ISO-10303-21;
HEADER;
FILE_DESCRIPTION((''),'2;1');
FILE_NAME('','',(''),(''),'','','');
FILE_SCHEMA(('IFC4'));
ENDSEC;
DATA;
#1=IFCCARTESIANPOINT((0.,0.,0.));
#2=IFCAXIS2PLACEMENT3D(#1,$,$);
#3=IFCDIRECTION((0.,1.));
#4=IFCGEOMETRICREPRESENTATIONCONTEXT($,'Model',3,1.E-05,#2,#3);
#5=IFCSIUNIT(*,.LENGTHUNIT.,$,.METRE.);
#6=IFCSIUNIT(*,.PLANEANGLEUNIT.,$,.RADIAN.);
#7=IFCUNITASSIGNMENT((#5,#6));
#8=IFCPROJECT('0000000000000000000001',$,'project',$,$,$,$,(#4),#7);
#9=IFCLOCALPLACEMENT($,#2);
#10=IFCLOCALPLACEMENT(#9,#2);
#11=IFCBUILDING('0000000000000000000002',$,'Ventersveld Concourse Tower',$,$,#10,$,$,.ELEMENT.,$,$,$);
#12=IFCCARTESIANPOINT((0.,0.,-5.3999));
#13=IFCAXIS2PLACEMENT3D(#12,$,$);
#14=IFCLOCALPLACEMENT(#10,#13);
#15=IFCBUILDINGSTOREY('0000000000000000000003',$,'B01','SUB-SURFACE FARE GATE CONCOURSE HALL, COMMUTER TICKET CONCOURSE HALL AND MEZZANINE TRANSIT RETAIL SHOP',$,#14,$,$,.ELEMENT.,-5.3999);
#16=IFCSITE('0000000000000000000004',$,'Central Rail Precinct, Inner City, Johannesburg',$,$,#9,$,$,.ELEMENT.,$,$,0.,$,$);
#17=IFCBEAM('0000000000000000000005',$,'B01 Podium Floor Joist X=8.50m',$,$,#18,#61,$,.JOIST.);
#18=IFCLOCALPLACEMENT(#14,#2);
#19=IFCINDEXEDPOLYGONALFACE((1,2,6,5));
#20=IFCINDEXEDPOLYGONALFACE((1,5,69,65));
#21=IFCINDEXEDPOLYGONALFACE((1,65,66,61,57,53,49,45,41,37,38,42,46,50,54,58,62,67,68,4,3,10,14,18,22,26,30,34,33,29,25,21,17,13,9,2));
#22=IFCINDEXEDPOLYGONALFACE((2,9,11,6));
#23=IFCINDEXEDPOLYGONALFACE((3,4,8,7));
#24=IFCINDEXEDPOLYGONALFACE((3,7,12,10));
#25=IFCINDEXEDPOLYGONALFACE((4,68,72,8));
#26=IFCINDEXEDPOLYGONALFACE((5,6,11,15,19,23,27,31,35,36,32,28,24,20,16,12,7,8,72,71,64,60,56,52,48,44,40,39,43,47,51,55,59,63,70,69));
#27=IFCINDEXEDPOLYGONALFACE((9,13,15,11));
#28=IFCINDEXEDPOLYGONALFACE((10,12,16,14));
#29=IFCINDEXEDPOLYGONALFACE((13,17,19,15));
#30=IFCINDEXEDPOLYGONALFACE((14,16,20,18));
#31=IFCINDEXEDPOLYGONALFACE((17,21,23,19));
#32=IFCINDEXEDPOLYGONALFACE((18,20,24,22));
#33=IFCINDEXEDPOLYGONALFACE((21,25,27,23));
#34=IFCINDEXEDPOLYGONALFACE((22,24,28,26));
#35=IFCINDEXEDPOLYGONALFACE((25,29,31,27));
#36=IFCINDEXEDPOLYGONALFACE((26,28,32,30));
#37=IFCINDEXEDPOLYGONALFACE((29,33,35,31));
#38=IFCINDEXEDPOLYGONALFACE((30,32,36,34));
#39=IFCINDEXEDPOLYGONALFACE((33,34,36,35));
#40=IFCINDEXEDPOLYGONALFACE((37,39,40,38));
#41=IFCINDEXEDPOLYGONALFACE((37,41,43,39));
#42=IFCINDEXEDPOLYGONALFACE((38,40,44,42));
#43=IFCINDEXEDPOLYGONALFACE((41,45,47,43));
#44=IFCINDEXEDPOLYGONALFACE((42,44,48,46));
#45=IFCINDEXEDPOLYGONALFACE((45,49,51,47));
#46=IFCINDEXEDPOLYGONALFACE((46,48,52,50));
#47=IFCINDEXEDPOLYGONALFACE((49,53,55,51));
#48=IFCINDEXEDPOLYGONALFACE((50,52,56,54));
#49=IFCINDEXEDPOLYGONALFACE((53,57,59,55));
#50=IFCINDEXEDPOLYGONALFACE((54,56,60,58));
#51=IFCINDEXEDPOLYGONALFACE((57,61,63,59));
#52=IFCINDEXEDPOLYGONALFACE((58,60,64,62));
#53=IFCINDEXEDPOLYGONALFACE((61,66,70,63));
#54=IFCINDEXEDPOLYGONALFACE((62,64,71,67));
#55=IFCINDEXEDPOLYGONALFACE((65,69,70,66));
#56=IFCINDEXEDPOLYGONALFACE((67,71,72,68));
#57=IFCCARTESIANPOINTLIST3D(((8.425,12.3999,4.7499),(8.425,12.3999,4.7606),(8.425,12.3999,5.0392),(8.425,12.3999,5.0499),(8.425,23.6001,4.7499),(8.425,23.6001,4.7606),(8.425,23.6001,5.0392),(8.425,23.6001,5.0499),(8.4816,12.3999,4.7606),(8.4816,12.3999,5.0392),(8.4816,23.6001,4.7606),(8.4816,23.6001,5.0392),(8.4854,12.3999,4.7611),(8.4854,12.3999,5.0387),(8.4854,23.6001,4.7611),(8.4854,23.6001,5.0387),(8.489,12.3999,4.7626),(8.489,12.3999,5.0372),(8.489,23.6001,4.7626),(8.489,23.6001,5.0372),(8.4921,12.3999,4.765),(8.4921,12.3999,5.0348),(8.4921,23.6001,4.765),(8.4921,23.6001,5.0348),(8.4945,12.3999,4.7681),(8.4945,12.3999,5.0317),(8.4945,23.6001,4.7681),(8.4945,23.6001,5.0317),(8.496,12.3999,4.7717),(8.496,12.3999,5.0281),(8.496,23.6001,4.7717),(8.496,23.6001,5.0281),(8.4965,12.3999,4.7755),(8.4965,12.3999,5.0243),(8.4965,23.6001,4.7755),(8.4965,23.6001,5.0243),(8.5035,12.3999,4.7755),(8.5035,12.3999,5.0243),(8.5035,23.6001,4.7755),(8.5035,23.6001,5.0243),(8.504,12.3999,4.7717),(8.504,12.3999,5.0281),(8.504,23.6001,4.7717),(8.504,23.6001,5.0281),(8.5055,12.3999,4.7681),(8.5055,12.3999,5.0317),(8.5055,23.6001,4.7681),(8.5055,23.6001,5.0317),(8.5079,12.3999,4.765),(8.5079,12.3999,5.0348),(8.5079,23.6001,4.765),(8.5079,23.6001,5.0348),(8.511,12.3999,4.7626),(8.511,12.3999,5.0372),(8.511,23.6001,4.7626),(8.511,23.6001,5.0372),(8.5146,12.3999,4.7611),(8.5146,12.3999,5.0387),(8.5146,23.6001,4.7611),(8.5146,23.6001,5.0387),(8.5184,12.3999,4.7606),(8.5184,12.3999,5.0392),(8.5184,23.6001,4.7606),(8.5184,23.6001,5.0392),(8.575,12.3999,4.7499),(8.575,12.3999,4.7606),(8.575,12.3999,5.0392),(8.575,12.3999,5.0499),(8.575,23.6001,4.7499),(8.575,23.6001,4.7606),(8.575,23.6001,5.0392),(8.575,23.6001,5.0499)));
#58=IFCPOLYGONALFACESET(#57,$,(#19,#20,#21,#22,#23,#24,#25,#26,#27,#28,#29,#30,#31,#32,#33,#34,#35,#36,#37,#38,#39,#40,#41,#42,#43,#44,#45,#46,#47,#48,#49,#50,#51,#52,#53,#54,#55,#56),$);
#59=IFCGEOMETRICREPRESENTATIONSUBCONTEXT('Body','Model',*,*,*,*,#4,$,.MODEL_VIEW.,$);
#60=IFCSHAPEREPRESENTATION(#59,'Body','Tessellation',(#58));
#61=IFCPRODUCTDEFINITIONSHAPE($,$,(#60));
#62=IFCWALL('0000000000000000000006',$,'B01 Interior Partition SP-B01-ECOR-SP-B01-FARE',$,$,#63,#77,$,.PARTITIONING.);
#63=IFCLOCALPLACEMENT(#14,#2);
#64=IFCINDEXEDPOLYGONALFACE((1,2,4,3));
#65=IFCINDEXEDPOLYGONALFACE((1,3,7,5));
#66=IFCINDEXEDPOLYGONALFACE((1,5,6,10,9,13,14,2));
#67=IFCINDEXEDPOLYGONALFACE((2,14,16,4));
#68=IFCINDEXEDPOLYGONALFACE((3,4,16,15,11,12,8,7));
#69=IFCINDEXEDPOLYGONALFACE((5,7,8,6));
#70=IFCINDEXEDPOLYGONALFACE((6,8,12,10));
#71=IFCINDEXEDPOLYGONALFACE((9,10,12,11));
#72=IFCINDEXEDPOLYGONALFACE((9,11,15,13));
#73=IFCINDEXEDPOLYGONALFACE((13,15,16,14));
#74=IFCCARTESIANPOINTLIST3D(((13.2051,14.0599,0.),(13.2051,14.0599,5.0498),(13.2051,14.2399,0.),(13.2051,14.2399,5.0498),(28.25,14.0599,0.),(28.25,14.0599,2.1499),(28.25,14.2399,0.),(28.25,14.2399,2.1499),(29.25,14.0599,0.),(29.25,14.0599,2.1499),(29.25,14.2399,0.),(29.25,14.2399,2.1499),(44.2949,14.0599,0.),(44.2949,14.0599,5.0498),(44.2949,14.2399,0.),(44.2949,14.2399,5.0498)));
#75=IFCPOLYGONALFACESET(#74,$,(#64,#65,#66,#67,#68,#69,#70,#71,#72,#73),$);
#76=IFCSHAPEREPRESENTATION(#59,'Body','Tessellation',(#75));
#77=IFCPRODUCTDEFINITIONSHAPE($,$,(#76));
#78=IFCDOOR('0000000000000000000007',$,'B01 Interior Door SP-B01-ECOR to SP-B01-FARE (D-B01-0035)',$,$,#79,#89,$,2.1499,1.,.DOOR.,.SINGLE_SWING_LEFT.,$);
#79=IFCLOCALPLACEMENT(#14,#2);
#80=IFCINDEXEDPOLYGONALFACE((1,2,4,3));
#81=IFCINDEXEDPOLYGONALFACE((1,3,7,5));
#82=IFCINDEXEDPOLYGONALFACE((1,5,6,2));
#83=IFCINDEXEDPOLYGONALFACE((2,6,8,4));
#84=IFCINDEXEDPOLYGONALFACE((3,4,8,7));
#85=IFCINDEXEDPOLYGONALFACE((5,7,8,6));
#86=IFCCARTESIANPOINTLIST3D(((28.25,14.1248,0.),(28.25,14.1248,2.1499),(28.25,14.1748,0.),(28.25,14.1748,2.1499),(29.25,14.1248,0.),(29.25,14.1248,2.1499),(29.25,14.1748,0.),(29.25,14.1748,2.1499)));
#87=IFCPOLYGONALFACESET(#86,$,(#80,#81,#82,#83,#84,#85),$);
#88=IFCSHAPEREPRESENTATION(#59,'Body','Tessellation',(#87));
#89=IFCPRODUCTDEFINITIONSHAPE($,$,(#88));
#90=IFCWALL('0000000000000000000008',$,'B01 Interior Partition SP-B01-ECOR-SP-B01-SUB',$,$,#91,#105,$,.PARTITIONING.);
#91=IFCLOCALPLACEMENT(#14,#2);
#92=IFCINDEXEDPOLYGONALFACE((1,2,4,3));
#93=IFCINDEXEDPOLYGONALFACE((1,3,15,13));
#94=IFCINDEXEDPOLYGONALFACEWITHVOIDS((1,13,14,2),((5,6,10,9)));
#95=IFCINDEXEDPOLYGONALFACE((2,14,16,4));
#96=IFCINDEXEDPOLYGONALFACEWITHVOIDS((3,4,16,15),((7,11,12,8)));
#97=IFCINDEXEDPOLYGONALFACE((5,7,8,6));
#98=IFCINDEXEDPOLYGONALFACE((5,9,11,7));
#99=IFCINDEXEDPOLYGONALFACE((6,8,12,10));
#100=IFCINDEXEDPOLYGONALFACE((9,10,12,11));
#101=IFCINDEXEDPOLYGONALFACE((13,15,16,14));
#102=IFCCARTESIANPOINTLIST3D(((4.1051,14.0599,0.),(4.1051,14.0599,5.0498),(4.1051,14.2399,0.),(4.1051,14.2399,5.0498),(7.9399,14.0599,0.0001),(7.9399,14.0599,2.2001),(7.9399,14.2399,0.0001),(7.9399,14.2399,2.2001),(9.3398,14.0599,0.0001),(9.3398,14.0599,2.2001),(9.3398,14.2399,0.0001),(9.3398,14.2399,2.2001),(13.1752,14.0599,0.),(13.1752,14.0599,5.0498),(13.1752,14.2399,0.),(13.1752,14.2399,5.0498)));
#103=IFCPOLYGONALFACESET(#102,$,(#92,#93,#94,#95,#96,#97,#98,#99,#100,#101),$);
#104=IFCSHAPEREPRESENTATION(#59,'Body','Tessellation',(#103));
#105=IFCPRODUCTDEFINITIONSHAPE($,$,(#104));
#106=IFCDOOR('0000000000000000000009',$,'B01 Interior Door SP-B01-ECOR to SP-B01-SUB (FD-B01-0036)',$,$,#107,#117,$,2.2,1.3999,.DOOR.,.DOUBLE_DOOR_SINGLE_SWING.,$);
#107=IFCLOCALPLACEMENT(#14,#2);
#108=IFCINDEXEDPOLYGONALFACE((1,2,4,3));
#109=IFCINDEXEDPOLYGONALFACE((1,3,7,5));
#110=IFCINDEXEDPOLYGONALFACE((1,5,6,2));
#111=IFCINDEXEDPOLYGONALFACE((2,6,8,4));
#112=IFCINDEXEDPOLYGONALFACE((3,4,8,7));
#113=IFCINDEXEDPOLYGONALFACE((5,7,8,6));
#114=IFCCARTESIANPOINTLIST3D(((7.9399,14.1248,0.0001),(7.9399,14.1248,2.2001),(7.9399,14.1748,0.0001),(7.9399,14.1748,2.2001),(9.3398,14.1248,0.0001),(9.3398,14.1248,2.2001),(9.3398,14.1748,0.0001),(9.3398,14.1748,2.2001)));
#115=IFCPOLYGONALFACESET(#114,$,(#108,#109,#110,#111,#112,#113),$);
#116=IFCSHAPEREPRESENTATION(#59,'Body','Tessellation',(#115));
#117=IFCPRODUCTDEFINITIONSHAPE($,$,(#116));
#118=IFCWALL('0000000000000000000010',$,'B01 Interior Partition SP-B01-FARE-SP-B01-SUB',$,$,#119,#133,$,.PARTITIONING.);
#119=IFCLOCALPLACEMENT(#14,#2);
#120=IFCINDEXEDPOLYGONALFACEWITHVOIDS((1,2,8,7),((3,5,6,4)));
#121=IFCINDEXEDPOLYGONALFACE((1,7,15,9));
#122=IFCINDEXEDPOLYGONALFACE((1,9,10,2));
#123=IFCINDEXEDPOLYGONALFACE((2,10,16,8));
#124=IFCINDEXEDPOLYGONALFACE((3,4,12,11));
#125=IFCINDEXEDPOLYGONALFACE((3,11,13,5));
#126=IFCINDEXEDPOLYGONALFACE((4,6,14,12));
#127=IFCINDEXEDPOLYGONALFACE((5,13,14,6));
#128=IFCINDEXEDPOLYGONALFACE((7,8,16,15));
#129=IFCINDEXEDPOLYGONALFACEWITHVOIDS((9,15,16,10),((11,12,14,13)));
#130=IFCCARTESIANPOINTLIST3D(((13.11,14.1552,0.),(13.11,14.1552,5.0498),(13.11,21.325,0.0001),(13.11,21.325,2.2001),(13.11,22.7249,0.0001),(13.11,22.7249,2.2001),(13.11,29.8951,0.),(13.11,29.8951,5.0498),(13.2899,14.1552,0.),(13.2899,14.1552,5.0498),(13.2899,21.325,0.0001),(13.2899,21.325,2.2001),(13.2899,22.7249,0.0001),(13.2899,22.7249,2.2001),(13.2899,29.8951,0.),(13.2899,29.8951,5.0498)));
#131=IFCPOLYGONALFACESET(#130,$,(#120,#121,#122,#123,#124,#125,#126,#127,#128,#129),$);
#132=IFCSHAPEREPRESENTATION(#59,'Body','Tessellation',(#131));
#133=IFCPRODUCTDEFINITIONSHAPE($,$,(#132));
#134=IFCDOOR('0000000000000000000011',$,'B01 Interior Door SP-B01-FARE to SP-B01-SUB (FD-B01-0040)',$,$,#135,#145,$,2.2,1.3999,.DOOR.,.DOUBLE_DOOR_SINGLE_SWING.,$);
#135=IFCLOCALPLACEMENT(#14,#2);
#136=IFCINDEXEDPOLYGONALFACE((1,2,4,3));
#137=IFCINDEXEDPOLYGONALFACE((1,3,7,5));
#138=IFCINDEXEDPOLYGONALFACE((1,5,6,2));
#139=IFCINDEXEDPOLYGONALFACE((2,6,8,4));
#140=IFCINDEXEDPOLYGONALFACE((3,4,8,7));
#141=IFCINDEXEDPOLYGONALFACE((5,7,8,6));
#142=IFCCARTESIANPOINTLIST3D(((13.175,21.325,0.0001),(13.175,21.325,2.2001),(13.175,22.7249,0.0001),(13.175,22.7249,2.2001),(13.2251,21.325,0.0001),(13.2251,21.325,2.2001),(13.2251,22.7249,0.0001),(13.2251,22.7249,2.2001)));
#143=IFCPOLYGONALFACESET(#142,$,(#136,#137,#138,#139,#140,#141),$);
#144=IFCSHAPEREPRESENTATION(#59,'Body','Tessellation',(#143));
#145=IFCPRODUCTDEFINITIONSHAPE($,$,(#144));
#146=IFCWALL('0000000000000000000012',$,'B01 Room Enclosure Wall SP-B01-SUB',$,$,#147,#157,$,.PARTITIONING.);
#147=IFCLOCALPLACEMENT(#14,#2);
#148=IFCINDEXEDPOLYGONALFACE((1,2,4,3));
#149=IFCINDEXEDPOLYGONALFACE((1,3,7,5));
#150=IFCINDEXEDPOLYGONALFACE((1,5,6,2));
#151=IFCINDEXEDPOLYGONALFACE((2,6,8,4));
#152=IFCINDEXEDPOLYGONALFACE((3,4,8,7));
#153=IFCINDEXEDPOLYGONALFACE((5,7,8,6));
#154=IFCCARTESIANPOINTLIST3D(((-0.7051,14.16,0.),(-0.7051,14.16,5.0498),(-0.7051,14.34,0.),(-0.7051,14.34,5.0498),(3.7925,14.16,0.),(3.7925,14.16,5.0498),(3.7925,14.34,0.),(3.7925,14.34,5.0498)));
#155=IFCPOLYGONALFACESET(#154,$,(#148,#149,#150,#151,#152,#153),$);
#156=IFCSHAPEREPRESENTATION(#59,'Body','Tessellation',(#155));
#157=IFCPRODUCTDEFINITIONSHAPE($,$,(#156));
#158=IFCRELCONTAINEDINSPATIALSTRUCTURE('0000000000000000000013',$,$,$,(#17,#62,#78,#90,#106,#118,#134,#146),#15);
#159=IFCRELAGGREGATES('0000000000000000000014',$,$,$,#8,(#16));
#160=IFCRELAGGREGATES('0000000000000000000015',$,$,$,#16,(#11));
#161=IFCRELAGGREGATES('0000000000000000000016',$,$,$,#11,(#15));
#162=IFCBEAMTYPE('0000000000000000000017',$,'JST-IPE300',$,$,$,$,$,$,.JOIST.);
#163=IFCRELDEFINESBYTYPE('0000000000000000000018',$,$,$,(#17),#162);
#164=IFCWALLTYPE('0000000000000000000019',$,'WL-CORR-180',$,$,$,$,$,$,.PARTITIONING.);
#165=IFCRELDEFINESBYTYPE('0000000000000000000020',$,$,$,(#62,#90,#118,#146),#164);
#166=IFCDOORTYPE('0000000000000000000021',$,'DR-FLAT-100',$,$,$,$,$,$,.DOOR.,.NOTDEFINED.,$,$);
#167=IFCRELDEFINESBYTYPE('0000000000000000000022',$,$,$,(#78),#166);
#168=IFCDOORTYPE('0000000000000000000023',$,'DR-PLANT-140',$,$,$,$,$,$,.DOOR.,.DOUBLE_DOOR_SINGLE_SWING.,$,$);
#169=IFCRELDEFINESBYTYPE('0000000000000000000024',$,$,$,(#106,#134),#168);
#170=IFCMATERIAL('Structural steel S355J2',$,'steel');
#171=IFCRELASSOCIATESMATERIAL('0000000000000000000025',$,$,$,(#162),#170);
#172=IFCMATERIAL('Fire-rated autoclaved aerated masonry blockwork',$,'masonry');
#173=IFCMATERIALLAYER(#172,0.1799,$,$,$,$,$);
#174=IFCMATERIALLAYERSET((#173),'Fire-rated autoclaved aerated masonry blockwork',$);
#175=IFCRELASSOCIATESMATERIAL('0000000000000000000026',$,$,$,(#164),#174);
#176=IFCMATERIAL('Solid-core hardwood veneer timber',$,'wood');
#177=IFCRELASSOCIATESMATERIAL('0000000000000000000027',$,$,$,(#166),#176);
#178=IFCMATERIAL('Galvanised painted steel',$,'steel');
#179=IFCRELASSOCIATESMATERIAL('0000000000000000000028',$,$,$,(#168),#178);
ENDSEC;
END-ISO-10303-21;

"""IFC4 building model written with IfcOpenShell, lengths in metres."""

from ifc_helpers import new_model, si_unit, direction, frame, frame_2d, origin, origin_2d, place, context, subcontext, project, spatial, rectangle, i_section, extrude, material, layer, layer_set, material_profile, profile_set, type_object, element, fill, save


model = new_model("IFC4")

# Units and contexts
model_context = context("Model", 3, precision=1e-05, world=origin(), true_north=direction((0.0, 1.0)))
body_context = subcontext(model_context, "Body", "Model", "MODEL_VIEW")
ifc_project = project(units=[si_unit("LENGTHUNIT", "METRE"), si_unit("PLANEANGLEUNIT", "RADIAN")], contexts=[model_context])

# Site, building, storey
site_placement = place(None, origin())
site = spatial("IfcSite", under=ifc_project, at=site_placement, Name="Central Rail Precinct, Inner City, Johannesburg", CompositionType="ELEMENT", RefElevation=0.0)
building_placement = place(site_placement, origin())
building = spatial("IfcBuilding", under=site, at=building_placement, Name="Ventersveld Concourse Tower", CompositionType="ELEMENT")
storey_placement = place(building_placement, frame((0.0, 0.0, -5.3999)))
storey = spatial("IfcBuildingStorey", under=building, at=storey_placement, Name="B01", Description="SUB-SURFACE FARE GATE CONCOURSE HALL, COMMUTER TICKET CONCOURSE HALL AND MEZZANINE TRANSIT RETAIL SHOP", CompositionType="ELEMENT", Elevation=-5.3999)

# Beam
ifc_material_1 = material(Name="Structural steel S355J2", Category="steel")
ifc_material_profile_1 = material_profile(ifc_material_1, i_section(OverallWidth=0.1499, OverallDepth=0.3, WebThickness=0.0071, FlangeThickness=0.0107, FilletRadius=0.0149, at=origin_2d()), Name="IPE 300")
ifc_profile_set_1 = profile_set([ifc_material_profile_1], Name="Structural steel S355J2")
beam_type_1 = type_object("IfcBeamType", Name="JST-IPE300", PredefinedType="JOIST", material=ifc_profile_set_1)
beam_1_placement = place(storey_placement, frame((8.5, 12.3999, 4.8999), z_axis=(0.0, 1.0, 0.0), x_axis=(-1.0, 0.0, 0.0)))
element("IfcBeam", 1, at=beam_1_placement, inside=storey, type_object=beam_type_1, Name="B01 Podium Floor Joist X=8.50m", PredefinedType="JOIST", context=body_context, shape_type="SweptSolid", body=[
    extrude(i_section(OverallWidth=0.1499, OverallDepth=0.3, WebThickness=0.0071, FlangeThickness=0.0107, FilletRadius=0.0149, at=origin_2d()), origin(), (0.0, 0.0, 1.0), 11.2002),
])

# Walls, openings, doors
ifc_material_2 = material(Name="Fire-rated autoclaved aerated masonry blockwork", Category="masonry")
ifc_layer_1 = layer(ifc_material_2, 0.1799)
ifc_layer_set_1 = layer_set([ifc_layer_1], Name="Fire-rated autoclaved aerated masonry blockwork")
wall_type_1 = type_object("IfcWallType", Name="WL-CORR-180", PredefinedType="PARTITIONING", material=ifc_layer_set_1)
wall_1_placement = place(storey_placement, frame((13.2051, 14.1499, 0.0), z_axis=(0.0, 0.0, 1.0), x_axis=(1.0, 0.0, 0.0)))
wall_1 = element("IfcWall", 2, at=wall_1_placement, inside=storey, type_object=wall_type_1, Name="B01 Interior Partition SP-B01-ECOR-SP-B01-FARE", PredefinedType="PARTITIONING", context=body_context, shape_type="SweptSolid", body=[
    extrude(rectangle(XDim=31.0898, YDim=0.1799, at=frame_2d((15.5449, 0.0))), origin(), (0.0, 0.0, 1.0), 5.0498),
])
opening_1_placement = place(wall_1_placement, frame((15.0449, 0.0, 0.0)))
opening_1 = element("IfcOpeningElement", 3, at=opening_1_placement, cuts=wall_1, PredefinedType="OPENING", context=body_context, shape_type="SweptSolid", body=[
    extrude(rectangle(XDim=1.0, YDim=2.1499, at=frame_2d((0.5, 1.075))), frame((0.0, 0.1001, 0.0), z_axis=(0.0, -1.0, 0.0), x_axis=(1.0, 0.0, 0.0)), (0.0, 0.0, 1.0), 0.2),
])
ifc_material_3 = material(Name="Solid-core hardwood veneer timber", Category="wood")
door_type_1 = type_object("IfcDoorType", Name="DR-FLAT-100", OperationType="NOTDEFINED", PredefinedType="DOOR", material=ifc_material_3)
door_1_placement = place(opening_1_placement, origin())
door_1 = element("IfcDoor", 4, at=door_1_placement, inside=storey, type_object=door_type_1, Name="B01 Interior Door SP-B01-ECOR to SP-B01-FARE (D-B01-0035)", OperationType="SINGLE_SWING_LEFT", OverallHeight=2.1499, OverallWidth=1.0, PredefinedType="DOOR", context=body_context, shape_type="SweptSolid", body=[
    extrude(rectangle(XDim=1.0, YDim=2.1499, at=frame_2d((0.5, 1.075))), frame((0.0, 0.0249, 0.0), z_axis=(0.0, -1.0, 0.0), x_axis=(1.0, 0.0, 0.0)), (0.0, 0.0, 1.0), 0.05),
])
fill(opening_1, door_1)
wall_2_placement = place(storey_placement, frame((4.105, 14.1499, 0.0), z_axis=(0.0, 0.0, 1.0), x_axis=(1.0, 0.0, 0.0)))
wall_2 = element("IfcWall", 5, at=wall_2_placement, inside=storey, type_object=wall_type_1, Name="B01 Interior Partition SP-B01-ECOR-SP-B01-SUB", PredefinedType="PARTITIONING", context=body_context, shape_type="SweptSolid", body=[
    extrude(rectangle(XDim=9.0701, YDim=0.1799, at=frame_2d((4.5352, 0.0))), origin(), (0.0, 0.0, 1.0), 5.0498),
])
opening_2_placement = place(wall_2_placement, frame((3.835, 0.0, 0.0)))
opening_2 = element("IfcOpeningElement", 6, at=opening_2_placement, cuts=wall_2, PredefinedType="OPENING", context=body_context, shape_type="SweptSolid", body=[
    extrude(rectangle(XDim=1.3999, YDim=2.2, at=frame_2d((0.7, 1.1001))), frame((0.0, 0.1001, 0.0), z_axis=(0.0, -1.0, 0.0), x_axis=(1.0, 0.0, 0.0)), (0.0, 0.0, 1.0), 0.2),
])
ifc_material_4 = material(Name="Galvanised painted steel", Category="steel")
door_type_2 = type_object("IfcDoorType", Name="DR-PLANT-140", OperationType="DOUBLE_DOOR_SINGLE_SWING", PredefinedType="DOOR", material=ifc_material_4)
door_2_placement = place(opening_2_placement, origin())
door_2 = element("IfcDoor", 7, at=door_2_placement, inside=storey, type_object=door_type_2, Name="B01 Interior Door SP-B01-ECOR to SP-B01-SUB (FD-B01-0036)", OperationType="DOUBLE_DOOR_SINGLE_SWING", OverallHeight=2.2, OverallWidth=1.3999, PredefinedType="DOOR", context=body_context, shape_type="SweptSolid", body=[
    extrude(rectangle(XDim=1.3999, YDim=2.2, at=frame_2d((0.7, 1.1001))), frame((0.0, 0.0249, 0.0), z_axis=(0.0, -1.0, 0.0), x_axis=(1.0, 0.0, 0.0)), (0.0, 0.0, 1.0), 0.05),
])
fill(opening_2, door_2)
wall_3_placement = place(storey_placement, frame((13.2, 14.155, 0.0), z_axis=(0.0, 0.0, 1.0), x_axis=(0.0, 1.0, 0.0)))
wall_3 = element("IfcWall", 8, at=wall_3_placement, inside=storey, type_object=wall_type_1, Name="B01 Interior Partition SP-B01-FARE-SP-B01-SUB", PredefinedType="PARTITIONING", context=body_context, shape_type="SweptSolid", body=[
    extrude(rectangle(XDim=15.74, YDim=0.1799, at=frame_2d((7.8701, 0.0))), origin(), (0.0, 0.0, 1.0), 5.0498),
])
opening_3_placement = place(wall_3_placement, frame((7.1699, 0.0, 0.0)))
opening_3 = element("IfcOpeningElement", 9, at=opening_3_placement, cuts=wall_3, PredefinedType="OPENING", context=body_context, shape_type="SweptSolid", body=[
    extrude(rectangle(XDim=1.3999, YDim=2.2, at=frame_2d((0.7, 1.1001))), frame((0.0, 0.1001, 0.0), z_axis=(0.0, -1.0, 0.0), x_axis=(1.0, 0.0, 0.0)), (0.0, 0.0, 1.0), 0.2),
])
door_3_placement = place(opening_3_placement, origin())
door_3 = element("IfcDoor", 10, at=door_3_placement, inside=storey, type_object=door_type_2, Name="B01 Interior Door SP-B01-FARE to SP-B01-SUB (FD-B01-0040)", OperationType="DOUBLE_DOOR_SINGLE_SWING", OverallHeight=2.2, OverallWidth=1.3999, PredefinedType="DOOR", context=body_context, shape_type="SweptSolid", body=[
    extrude(rectangle(XDim=1.3999, YDim=2.2, at=frame_2d((0.7, 1.1001))), frame((0.0, 0.0249, 0.0), z_axis=(0.0, -1.0, 0.0), x_axis=(1.0, 0.0, 0.0)), (0.0, 0.0, 1.0), 0.05),
])
fill(opening_3, door_3)

# Wall
wall_4_placement = place(storey_placement, frame((-0.7051, 14.25, 0.0), z_axis=(0.0, 0.0, 1.0), x_axis=(1.0, 0.0, 0.0)))
element("IfcWall", 11, at=wall_4_placement, inside=storey, type_object=wall_type_1, Name="B01 Room Enclosure Wall SP-B01-SUB", PredefinedType="PARTITIONING", context=body_context, shape_type="SweptSolid", body=[
    extrude(rectangle(XDim=4.4976, YDim=0.1799, at=frame_2d((2.2488, 0.0))), origin(), (0.0, 0.0, 1.0), 5.0498),
])

save(model, "model.ifc")
